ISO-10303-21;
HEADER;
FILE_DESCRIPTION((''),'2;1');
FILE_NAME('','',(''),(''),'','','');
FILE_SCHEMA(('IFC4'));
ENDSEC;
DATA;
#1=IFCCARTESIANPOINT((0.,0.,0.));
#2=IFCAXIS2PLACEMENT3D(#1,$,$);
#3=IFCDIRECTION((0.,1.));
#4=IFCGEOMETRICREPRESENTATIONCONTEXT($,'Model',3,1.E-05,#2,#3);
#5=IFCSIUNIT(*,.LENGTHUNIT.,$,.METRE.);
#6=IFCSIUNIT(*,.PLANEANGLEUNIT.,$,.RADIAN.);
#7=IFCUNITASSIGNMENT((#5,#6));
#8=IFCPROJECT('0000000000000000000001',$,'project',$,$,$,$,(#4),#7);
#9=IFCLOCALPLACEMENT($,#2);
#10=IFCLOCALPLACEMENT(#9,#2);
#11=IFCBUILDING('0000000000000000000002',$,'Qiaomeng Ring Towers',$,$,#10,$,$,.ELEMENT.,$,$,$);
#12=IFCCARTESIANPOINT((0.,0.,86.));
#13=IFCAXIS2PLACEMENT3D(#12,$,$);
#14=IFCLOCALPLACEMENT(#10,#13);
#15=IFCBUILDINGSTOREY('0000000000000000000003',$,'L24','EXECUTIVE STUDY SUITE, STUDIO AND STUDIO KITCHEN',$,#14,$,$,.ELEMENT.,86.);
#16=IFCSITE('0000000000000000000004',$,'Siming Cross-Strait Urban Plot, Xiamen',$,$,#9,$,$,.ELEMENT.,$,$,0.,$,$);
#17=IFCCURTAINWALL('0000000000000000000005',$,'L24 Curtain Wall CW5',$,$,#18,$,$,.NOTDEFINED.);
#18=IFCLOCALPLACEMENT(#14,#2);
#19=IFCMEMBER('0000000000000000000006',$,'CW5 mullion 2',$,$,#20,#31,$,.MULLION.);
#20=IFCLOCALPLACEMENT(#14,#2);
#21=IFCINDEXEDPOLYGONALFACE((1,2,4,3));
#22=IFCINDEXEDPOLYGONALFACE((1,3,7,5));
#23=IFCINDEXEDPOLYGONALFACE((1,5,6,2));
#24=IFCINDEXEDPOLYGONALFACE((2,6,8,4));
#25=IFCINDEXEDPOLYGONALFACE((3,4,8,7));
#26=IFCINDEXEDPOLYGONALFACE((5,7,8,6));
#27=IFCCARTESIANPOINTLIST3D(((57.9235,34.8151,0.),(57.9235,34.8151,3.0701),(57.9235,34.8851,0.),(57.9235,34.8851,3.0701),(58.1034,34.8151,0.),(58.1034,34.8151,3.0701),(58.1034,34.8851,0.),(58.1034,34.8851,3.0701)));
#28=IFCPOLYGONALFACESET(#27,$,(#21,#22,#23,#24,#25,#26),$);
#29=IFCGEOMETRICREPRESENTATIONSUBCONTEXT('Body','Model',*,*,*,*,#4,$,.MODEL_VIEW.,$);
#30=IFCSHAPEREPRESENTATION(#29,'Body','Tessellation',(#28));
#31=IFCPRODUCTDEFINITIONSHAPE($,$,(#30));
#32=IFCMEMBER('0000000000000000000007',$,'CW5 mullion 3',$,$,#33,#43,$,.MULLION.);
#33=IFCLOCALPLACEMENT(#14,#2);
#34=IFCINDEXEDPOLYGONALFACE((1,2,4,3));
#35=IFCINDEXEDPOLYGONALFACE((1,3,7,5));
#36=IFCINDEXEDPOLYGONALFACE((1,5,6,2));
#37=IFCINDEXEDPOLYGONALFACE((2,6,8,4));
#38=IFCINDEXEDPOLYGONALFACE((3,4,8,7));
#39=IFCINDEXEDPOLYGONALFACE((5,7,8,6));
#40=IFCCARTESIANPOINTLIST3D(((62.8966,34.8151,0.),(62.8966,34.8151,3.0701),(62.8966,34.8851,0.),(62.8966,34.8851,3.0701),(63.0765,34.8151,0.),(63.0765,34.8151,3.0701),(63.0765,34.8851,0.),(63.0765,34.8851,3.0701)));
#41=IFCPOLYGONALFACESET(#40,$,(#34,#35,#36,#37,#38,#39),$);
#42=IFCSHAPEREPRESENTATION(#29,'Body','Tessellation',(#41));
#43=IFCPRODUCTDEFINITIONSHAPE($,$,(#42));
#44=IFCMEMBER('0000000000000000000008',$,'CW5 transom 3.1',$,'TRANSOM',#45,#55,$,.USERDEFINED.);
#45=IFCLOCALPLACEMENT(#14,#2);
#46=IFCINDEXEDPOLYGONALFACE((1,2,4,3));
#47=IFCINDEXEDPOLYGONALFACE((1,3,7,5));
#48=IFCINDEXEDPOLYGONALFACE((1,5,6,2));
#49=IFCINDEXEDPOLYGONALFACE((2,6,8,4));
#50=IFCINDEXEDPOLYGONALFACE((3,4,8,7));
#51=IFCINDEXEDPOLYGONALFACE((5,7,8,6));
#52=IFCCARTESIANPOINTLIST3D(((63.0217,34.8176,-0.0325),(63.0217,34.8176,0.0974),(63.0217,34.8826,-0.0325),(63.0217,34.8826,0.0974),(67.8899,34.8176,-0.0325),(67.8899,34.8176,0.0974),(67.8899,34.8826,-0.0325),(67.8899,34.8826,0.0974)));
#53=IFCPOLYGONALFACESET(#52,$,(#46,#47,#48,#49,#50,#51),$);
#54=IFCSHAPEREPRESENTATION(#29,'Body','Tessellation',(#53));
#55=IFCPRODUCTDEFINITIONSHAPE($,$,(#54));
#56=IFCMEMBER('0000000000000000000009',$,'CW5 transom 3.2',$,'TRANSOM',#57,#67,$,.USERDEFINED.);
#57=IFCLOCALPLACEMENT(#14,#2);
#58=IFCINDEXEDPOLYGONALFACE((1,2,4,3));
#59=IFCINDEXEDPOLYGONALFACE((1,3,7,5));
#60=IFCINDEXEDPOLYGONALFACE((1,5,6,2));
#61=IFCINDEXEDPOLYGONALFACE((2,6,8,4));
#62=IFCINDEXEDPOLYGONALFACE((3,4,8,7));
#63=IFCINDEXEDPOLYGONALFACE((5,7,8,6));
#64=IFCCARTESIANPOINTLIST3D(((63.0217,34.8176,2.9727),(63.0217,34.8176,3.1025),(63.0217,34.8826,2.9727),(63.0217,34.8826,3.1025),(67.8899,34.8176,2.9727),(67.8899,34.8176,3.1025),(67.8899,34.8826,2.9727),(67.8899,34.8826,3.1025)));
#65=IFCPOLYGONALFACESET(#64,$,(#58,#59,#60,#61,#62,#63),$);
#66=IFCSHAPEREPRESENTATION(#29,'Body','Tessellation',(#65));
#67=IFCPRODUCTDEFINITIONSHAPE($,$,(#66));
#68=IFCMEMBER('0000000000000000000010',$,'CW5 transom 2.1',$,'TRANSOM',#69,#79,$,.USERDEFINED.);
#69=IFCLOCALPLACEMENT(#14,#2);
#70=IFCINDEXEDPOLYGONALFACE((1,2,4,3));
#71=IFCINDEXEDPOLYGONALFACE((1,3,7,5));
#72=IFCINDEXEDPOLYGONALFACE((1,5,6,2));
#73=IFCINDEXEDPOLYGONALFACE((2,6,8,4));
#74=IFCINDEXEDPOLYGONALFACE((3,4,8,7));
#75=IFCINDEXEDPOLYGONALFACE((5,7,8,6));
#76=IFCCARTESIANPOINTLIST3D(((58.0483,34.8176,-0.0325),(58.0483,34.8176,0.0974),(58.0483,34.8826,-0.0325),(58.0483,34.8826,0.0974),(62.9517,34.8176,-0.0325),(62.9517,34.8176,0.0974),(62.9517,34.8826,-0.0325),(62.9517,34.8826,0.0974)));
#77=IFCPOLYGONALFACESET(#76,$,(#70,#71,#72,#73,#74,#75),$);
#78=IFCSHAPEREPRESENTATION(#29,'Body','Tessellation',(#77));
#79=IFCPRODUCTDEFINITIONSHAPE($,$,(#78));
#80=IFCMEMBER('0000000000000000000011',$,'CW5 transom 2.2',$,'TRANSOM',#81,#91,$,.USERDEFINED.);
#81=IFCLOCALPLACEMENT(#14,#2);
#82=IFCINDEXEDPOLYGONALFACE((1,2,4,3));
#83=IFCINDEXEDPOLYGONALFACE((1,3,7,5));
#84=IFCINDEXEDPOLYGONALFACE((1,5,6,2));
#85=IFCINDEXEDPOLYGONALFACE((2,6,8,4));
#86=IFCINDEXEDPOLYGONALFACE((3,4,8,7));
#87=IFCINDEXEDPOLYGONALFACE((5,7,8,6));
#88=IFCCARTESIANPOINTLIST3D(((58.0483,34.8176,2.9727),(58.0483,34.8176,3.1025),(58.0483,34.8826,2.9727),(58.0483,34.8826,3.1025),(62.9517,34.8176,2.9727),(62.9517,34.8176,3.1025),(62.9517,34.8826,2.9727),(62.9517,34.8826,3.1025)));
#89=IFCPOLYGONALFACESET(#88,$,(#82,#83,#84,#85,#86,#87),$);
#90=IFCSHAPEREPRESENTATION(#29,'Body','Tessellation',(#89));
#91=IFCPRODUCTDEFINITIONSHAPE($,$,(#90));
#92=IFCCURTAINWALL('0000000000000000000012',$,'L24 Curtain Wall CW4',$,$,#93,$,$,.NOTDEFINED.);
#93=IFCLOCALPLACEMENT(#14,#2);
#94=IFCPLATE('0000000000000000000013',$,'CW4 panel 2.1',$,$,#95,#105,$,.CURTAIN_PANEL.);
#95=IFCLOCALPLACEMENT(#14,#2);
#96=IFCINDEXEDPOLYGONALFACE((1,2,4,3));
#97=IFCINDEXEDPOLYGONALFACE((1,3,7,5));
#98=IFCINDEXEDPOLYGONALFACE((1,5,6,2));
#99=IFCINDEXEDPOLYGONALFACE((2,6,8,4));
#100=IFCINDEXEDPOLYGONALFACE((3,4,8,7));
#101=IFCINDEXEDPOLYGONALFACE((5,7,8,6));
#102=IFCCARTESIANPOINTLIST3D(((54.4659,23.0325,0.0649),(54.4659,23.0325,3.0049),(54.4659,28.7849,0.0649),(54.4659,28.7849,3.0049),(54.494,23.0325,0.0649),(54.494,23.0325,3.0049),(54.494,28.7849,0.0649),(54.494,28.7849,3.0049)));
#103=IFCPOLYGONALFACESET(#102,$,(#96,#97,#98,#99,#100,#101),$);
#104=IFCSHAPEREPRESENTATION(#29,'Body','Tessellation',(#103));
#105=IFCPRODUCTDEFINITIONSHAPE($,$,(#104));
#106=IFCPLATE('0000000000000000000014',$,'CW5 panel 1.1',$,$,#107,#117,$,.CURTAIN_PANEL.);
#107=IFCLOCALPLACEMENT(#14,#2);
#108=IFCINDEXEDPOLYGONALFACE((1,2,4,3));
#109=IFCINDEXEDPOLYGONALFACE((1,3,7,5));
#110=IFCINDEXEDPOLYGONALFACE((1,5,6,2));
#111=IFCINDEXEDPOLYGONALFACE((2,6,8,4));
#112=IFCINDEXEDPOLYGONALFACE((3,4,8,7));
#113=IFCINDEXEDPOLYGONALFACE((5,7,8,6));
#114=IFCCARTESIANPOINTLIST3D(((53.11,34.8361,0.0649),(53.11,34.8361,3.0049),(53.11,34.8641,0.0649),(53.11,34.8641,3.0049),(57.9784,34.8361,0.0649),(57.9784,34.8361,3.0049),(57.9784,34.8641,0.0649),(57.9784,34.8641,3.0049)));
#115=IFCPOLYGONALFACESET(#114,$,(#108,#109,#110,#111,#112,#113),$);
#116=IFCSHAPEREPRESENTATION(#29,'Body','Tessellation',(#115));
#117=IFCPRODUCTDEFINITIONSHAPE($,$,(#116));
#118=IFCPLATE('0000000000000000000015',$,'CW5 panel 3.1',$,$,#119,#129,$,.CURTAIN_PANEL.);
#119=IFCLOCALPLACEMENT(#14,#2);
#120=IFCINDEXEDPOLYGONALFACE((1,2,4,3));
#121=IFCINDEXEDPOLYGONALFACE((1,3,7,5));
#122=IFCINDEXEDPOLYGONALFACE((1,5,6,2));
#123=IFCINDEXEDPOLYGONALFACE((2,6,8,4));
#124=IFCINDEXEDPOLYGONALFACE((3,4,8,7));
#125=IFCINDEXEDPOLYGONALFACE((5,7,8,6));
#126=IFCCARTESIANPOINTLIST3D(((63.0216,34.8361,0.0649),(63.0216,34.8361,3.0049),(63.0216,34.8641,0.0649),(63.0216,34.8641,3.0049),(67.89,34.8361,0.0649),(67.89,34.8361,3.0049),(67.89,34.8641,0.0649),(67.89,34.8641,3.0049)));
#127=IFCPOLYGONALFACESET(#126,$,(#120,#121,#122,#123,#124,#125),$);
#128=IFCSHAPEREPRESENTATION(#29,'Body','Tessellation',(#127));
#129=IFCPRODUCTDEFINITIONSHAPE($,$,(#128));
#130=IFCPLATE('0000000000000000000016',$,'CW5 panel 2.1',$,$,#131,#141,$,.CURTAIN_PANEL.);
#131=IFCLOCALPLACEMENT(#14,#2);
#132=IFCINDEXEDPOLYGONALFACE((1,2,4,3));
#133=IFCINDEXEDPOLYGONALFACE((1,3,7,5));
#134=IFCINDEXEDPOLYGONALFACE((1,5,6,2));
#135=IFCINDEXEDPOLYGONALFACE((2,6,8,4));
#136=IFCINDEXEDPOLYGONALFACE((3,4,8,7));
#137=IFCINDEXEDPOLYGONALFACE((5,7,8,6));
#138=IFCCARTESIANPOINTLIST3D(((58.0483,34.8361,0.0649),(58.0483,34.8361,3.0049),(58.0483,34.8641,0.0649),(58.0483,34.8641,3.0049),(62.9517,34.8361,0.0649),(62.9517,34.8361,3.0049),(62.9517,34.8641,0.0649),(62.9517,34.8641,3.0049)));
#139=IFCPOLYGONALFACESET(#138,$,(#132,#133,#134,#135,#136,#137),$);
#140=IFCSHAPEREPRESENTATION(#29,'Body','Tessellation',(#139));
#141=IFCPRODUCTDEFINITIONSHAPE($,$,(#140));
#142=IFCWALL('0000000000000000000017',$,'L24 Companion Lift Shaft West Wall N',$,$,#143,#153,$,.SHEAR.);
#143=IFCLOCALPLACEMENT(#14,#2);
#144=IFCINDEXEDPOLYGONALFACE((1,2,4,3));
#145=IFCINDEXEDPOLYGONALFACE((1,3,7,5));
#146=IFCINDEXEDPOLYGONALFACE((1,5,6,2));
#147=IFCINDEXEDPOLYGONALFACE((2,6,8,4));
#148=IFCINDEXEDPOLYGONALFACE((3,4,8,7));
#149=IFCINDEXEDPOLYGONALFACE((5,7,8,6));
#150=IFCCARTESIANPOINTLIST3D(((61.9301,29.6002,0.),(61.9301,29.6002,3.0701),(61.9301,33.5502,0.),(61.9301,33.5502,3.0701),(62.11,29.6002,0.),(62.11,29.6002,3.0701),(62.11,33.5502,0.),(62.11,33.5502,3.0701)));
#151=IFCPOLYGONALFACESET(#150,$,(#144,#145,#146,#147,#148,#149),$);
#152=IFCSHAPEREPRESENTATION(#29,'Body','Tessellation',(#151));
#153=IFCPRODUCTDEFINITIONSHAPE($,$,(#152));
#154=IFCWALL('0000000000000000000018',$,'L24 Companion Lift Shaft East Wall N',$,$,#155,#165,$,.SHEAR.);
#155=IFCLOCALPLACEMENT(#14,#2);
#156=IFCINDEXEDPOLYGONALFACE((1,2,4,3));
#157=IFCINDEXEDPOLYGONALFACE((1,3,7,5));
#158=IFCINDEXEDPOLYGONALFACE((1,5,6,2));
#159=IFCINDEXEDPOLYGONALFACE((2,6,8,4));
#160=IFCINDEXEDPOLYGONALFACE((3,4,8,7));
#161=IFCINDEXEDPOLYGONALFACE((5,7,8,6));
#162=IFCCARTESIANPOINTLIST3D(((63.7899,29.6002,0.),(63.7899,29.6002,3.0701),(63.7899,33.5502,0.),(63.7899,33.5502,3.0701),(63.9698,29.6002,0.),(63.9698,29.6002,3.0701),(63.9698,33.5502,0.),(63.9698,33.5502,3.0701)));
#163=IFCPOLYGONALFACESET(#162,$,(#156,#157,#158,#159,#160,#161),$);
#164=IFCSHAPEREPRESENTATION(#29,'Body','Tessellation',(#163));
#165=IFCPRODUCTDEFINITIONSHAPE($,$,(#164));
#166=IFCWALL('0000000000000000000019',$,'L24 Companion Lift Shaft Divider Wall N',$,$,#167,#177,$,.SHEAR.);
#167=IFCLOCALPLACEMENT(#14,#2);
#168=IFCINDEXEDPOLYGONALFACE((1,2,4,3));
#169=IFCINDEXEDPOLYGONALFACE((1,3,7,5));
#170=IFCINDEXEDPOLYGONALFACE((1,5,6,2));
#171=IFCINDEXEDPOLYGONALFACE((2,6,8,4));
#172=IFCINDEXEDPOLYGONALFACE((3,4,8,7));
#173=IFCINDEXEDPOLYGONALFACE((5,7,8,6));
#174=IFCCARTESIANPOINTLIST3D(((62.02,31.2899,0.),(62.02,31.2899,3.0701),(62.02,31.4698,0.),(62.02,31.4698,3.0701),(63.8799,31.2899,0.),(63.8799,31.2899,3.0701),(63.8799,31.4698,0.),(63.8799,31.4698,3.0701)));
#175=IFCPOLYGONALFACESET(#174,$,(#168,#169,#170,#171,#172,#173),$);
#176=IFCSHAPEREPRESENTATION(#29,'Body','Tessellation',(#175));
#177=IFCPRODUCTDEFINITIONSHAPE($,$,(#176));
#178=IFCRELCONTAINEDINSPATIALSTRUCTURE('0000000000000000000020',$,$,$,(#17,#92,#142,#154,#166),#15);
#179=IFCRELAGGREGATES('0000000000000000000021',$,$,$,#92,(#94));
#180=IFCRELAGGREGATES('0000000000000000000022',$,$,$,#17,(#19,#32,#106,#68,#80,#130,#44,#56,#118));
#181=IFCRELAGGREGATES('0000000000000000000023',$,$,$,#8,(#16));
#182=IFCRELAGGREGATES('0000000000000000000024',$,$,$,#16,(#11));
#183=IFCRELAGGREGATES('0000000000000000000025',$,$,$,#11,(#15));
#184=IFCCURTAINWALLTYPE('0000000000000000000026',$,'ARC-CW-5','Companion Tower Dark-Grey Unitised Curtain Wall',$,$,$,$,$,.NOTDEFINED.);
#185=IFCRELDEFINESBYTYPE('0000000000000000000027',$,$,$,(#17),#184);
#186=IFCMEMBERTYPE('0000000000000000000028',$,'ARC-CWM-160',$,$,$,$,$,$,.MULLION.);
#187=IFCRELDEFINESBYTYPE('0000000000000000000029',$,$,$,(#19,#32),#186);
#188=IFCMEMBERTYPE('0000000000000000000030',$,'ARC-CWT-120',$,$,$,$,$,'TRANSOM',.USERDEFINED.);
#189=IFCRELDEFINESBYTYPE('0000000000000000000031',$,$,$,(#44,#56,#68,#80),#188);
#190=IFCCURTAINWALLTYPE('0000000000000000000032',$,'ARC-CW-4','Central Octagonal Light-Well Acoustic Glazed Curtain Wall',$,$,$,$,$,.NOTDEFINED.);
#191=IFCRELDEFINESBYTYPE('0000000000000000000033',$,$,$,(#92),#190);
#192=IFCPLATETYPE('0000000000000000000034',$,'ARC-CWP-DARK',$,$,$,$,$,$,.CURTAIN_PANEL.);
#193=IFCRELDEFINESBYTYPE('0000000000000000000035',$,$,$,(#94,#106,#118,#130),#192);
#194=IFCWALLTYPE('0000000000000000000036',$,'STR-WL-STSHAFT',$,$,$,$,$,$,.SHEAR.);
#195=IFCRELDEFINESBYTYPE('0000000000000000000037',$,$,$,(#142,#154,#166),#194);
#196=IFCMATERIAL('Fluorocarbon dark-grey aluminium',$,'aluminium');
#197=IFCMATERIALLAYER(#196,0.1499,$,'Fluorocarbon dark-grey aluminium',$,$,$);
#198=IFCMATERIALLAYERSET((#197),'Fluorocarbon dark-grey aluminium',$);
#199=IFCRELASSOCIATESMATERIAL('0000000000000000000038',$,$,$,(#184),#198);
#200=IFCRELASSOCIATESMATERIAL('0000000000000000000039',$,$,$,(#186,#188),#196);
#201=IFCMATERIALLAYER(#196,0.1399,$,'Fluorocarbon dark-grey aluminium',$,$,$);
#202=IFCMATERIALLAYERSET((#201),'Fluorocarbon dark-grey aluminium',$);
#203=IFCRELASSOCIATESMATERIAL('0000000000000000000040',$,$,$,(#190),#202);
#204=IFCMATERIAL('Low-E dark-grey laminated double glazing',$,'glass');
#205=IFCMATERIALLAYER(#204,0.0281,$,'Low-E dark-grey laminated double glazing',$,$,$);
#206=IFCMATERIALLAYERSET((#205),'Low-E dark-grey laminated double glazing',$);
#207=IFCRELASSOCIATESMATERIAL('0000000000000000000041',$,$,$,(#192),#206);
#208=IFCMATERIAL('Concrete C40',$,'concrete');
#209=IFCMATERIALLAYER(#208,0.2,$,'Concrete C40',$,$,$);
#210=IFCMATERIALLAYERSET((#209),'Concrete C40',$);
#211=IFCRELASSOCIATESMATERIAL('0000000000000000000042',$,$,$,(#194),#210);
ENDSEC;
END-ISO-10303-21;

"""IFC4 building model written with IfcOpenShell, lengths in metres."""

from ifc_helpers import new_model, si_unit, direction, frame, frame_2d, origin, origin_2d, place, context, subcontext, project, spatial, rectangle, extrude, source, transform, mapped, material, layer, layer_set, material_profile, profile_set, type_object, element, aggregate, save


model = new_model("IFC4")

# Units and contexts
model_context = context("Model", 3, precision=1e-05, world=origin(), true_north=direction((0.0, 1.0)))
body_context = subcontext(model_context, "Body", "Model", "MODEL_VIEW")
ifc_project = project(units=[si_unit("LENGTHUNIT", "METRE"), si_unit("PLANEANGLEUNIT", "RADIAN")], contexts=[model_context])

# Site, building, storey
site_placement = place(None, origin())
site = spatial("IfcSite", under=ifc_project, at=site_placement, Name="Siming Cross-Strait Urban Plot, Xiamen", CompositionType="ELEMENT", RefElevation=0.0)
building_placement = place(site_placement, origin())
building = spatial("IfcBuilding", under=site, at=building_placement, Name="Qiaomeng Ring Towers", CompositionType="ELEMENT")
storey_placement = place(building_placement, frame((0.0, 0.0, 86.0)))
storey = spatial("IfcBuildingStorey", under=building, at=storey_placement, Name="L24", Description="EXECUTIVE STUDY SUITE, STUDIO AND STUDIO KITCHEN", CompositionType="ELEMENT", Elevation=86.0)

# Curtain wall, members
ifc_material_1 = material(Name="Fluorocarbon dark-grey aluminium", Category="aluminium")
ifc_layer_1 = layer(ifc_material_1, 0.1499, Name="Fluorocarbon dark-grey aluminium")
ifc_layer_set_1 = layer_set([ifc_layer_1], Name="Fluorocarbon dark-grey aluminium")
curtain_wall_type_1 = type_object("IfcCurtainWallType", Name="ARC-CW-5", Description="Companion Tower Dark-Grey Unitised Curtain Wall", PredefinedType="NOTDEFINED", material=ifc_layer_set_1)
curtain_wall_1_placement = place(storey_placement, origin())
curtain_wall_1 = element("IfcCurtainWall", 1, at=curtain_wall_1_placement, inside=storey, type_object=curtain_wall_type_1, Name="L24 Curtain Wall CW5", PredefinedType="NOTDEFINED")
ifc_material_profile_1 = material_profile(ifc_material_1, rectangle(XDim=0.0701, YDim=0.1799, at=origin_2d()), Name="ALU MULL 70x180")
ifc_profile_set_1 = profile_set([ifc_material_profile_1], Name="Fluorocarbon dark-grey aluminium")
member_type_1 = type_object("IfcMemberType", Name="ARC-CWM-160", PredefinedType="MULLION", material=ifc_profile_set_1)
shared_shape_1 = source(origin(), body_context, "Body", "SweptSolid", [
    extrude(rectangle(XDim=0.0701, YDim=0.1799, at=origin_2d()), origin(), (0.0, 0.0, 1.0), 3.0701),
])
member_1_placement = place(storey_placement, frame((58.0134, 34.8501, 0.0), z_axis=(0.0, 0.0, 1.0), x_axis=(0.0, 1.0, 0.0)))
member_1 = element("IfcMember", 2, at=member_1_placement, type_object=member_type_1, Name="CW5 mullion 2", PredefinedType="MULLION", context=body_context, shape_type="MappedRepresentation", body=[
    mapped(shared_shape_1, transform((0.0, 0.0, 0.0), x_axis=(1.0, 0.0, 0.0), y_axis=(0.0, 1.0, 0.0), z_axis=(0.0, 0.0, 1.0), scale=1.0)),
])
member_2_placement = place(storey_placement, frame((62.9866, 34.8501, 0.0), z_axis=(0.0, 0.0, 1.0), x_axis=(0.0, 1.0, 0.0)))
member_2 = element("IfcMember", 3, at=member_2_placement, type_object=member_type_1, Name="CW5 mullion 3", PredefinedType="MULLION", context=body_context, shape_type="MappedRepresentation", body=[
    mapped(shared_shape_1, transform((0.0, 0.0, 0.0), x_axis=(1.0, 0.0, 0.0), y_axis=(0.0, 1.0, 0.0), z_axis=(0.0, 0.0, 1.0), scale=1.0)),
])
ifc_material_profile_2 = material_profile(ifc_material_1, rectangle(XDim=0.0649, YDim=0.1299, at=origin_2d()), Name="ALU TRAN 65x130")
ifc_profile_set_2 = profile_set([ifc_material_profile_2], Name="Fluorocarbon dark-grey aluminium")
member_type_2 = type_object("IfcMemberType", Name="ARC-CWT-120", ElementType="TRANSOM", PredefinedType="USERDEFINED", material=ifc_profile_set_2)
shared_shape_2 = source(origin(), body_context, "Body", "SweptSolid", [
    extrude(rectangle(XDim=0.0649, YDim=0.1299, at=origin_2d()), origin(), (0.0, 0.0, 1.0), 4.8682),
])
member_3_placement = place(storey_placement, frame((63.0217, 34.8501, 0.0325), z_axis=(1.0, 0.0, 0.0), x_axis=(0.0, 1.0, 0.0)))
member_3 = element("IfcMember", 4, at=member_3_placement, type_object=member_type_2, Name="CW5 transom 3.1", ObjectType="TRANSOM", PredefinedType="USERDEFINED", context=body_context, shape_type="MappedRepresentation", body=[
    mapped(shared_shape_2, transform((0.0, 0.0, 0.0), x_axis=(1.0, 0.0, 0.0), y_axis=(0.0, 1.0, 0.0), z_axis=(0.0, 0.0, 1.0), scale=1.0)),
])
member_4_placement = place(storey_placement, frame((63.0217, 34.8501, 3.0376), z_axis=(1.0, 0.0, 0.0), x_axis=(0.0, 1.0, 0.0)))
member_4 = element("IfcMember", 5, at=member_4_placement, type_object=member_type_2, Name="CW5 transom 3.2", ObjectType="TRANSOM", PredefinedType="USERDEFINED", context=body_context, shape_type="MappedRepresentation", body=[
    mapped(shared_shape_2, transform((0.0, 0.0, 0.0), x_axis=(1.0, 0.0, 0.0), y_axis=(0.0, 1.0, 0.0), z_axis=(0.0, 0.0, 1.0), scale=1.0)),
])
shared_shape_3 = source(origin(), body_context, "Body", "SweptSolid", [
    extrude(rectangle(XDim=0.0649, YDim=0.1299, at=origin_2d()), origin(), (0.0, 0.0, 1.0), 4.9033),
])
member_5_placement = place(storey_placement, frame((58.0483, 34.8501, 0.0325), z_axis=(1.0, 0.0, 0.0), x_axis=(0.0, 1.0, 0.0)))
member_5 = element("IfcMember", 6, at=member_5_placement, type_object=member_type_2, Name="CW5 transom 2.1", ObjectType="TRANSOM", PredefinedType="USERDEFINED", context=body_context, shape_type="MappedRepresentation", body=[
    mapped(shared_shape_3, transform((0.0, 0.0, 0.0), x_axis=(1.0, 0.0, 0.0), y_axis=(0.0, 1.0, 0.0), z_axis=(0.0, 0.0, 1.0), scale=1.0)),
])
member_6_placement = place(storey_placement, frame((58.0483, 34.8501, 3.0376), z_axis=(1.0, 0.0, 0.0), x_axis=(0.0, 1.0, 0.0)))
member_6 = element("IfcMember", 7, at=member_6_placement, type_object=member_type_2, Name="CW5 transom 2.2", ObjectType="TRANSOM", PredefinedType="USERDEFINED", context=body_context, shape_type="MappedRepresentation", body=[
    mapped(shared_shape_3, transform((0.0, 0.0, 0.0), x_axis=(1.0, 0.0, 0.0), y_axis=(0.0, 1.0, 0.0), z_axis=(0.0, 0.0, 1.0), scale=1.0)),
])

# Curtain wall, plate
ifc_layer_2 = layer(ifc_material_1, 0.1399, Name="Fluorocarbon dark-grey aluminium")
ifc_layer_set_2 = layer_set([ifc_layer_2], Name="Fluorocarbon dark-grey aluminium")
curtain_wall_type_2 = type_object("IfcCurtainWallType", Name="ARC-CW-4", Description="Central Octagonal Light-Well Acoustic Glazed Curtain Wall", PredefinedType="NOTDEFINED", material=ifc_layer_set_2)
curtain_wall_2_placement = place(storey_placement, origin())
curtain_wall_2 = element("IfcCurtainWall", 8, at=curtain_wall_2_placement, inside=storey, type_object=curtain_wall_type_2, Name="L24 Curtain Wall CW4", PredefinedType="NOTDEFINED")
ifc_material_2 = material(Name="Low-E dark-grey laminated double glazing", Category="glass")
ifc_layer_3 = layer(ifc_material_2, 0.0281, Name="Low-E dark-grey laminated double glazing")
ifc_layer_set_3 = layer_set([ifc_layer_3], Name="Low-E dark-grey laminated double glazing")
plate_type = type_object("IfcPlateType", Name="ARC-CWP-DARK", PredefinedType="CURTAIN_PANEL", material=ifc_layer_set_3)
shared_shape_4 = source(origin(), body_context, "Body", "SweptSolid", [
    extrude(rectangle(XDim=5.7524, YDim=0.0281, at=origin_2d()), origin(), (0.0, 0.0, 1.0), 2.9399),
])
plate_1_placement = place(storey_placement, frame((54.48, 25.9087, 0.0649), z_axis=(0.0, 0.0, 1.0), x_axis=(0.0, 1.0, 0.0)))
plate_1 = element("IfcPlate", 9, at=plate_1_placement, type_object=plate_type, Name="CW4 panel 2.1", PredefinedType="CURTAIN_PANEL", context=body_context, shape_type="MappedRepresentation", body=[
    mapped(shared_shape_4, transform((0.0, 0.0, 0.0), x_axis=(1.0, 0.0, 0.0), y_axis=(0.0, 1.0, 0.0), z_axis=(0.0, 0.0, 1.0), scale=1.0)),
])
aggregate(curtain_wall_2, [plate_1])

# Plates
shared_shape_5 = source(origin(), body_context, "Body", "SweptSolid", [
    extrude(rectangle(XDim=4.8684, YDim=0.0281, at=origin_2d()), origin(), (0.0, 0.0, 1.0), 2.9399),
])
plate_2_placement = place(storey_placement, frame((55.5442, 34.8501, 0.0649), z_axis=(0.0, 0.0, 1.0), x_axis=(1.0, 0.0, 0.0)))
plate_2 = element("IfcPlate", 10, at=plate_2_placement, type_object=plate_type, Name="CW5 panel 1.1", PredefinedType="CURTAIN_PANEL", context=body_context, shape_type="MappedRepresentation", body=[
    mapped(shared_shape_5, transform((0.0, 0.0, 0.0), x_axis=(1.0, 0.0, 0.0), y_axis=(0.0, 1.0, 0.0), z_axis=(0.0, 0.0, 1.0), scale=1.0)),
])
plate_3_placement = place(storey_placement, frame((65.4558, 34.8501, 0.0649), z_axis=(0.0, 0.0, 1.0), x_axis=(1.0, 0.0, 0.0)))
plate_3 = element("IfcPlate", 11, at=plate_3_placement, type_object=plate_type, Name="CW5 panel 3.1", PredefinedType="CURTAIN_PANEL", context=body_context, shape_type="MappedRepresentation", body=[
    mapped(shared_shape_5, transform((0.0, 0.0, 0.0), x_axis=(1.0, 0.0, 0.0), y_axis=(0.0, 1.0, 0.0), z_axis=(0.0, 0.0, 1.0), scale=1.0)),
])
shared_shape_6 = source(origin(), body_context, "Body", "SweptSolid", [
    extrude(rectangle(XDim=4.9033, YDim=0.0281, at=origin_2d()), origin(), (0.0, 0.0, 1.0), 2.9399),
])
plate_4_placement = place(storey_placement, frame((60.5, 34.8501, 0.0649), z_axis=(0.0, 0.0, 1.0), x_axis=(1.0, 0.0, 0.0)))
plate_4 = element("IfcPlate", 12, at=plate_4_placement, type_object=plate_type, Name="CW5 panel 2.1", PredefinedType="CURTAIN_PANEL", context=body_context, shape_type="MappedRepresentation", body=[
    mapped(shared_shape_6, transform((0.0, 0.0, 0.0), x_axis=(1.0, 0.0, 0.0), y_axis=(0.0, 1.0, 0.0), z_axis=(0.0, 0.0, 1.0), scale=1.0)),
])
aggregate(curtain_wall_1, [member_1, member_2, plate_2, member_5, member_6, plate_4, member_3, member_4, plate_3])

# Walls
ifc_material_3 = material(Name="Concrete C40", Category="concrete")
ifc_layer_4 = layer(ifc_material_3, 0.2, Name="Concrete C40")
ifc_layer_set_4 = layer_set([ifc_layer_4], Name="Concrete C40")
wall_type_1 = type_object("IfcWallType", Name="STR-WL-STSHAFT", PredefinedType="SHEAR", material=ifc_layer_set_4)
for number, where, z_axis, x_axis, name in (
    (13, (62.02, 29.6001, 0.0), (0.0, 0.0, 1.0), (0.0, 1.0, 0.0), "L24 Companion Lift Shaft West Wall N"),
    (14, (63.8799, 29.6001, 0.0), (0.0, 0.0, 1.0), (0.0, 1.0, 0.0), "L24 Companion Lift Shaft East Wall N"),
):
    element("IfcWall", number, at=place(storey_placement, frame(where, z_axis=z_axis, x_axis=x_axis)), inside=storey, type_object=wall_type_1, Name=name, PredefinedType="SHEAR", context=body_context, shape_type="SweptSolid", body=[
        extrude(rectangle(XDim=3.95, YDim=0.1799, at=frame_2d((1.9751, 0.0))), origin(), (0.0, 0.0, 1.0), 3.0701),
    ])
for number, where, z_axis, x_axis, name in (
    (15, (62.02, 31.3799, 0.0), (0.0, 0.0, 1.0), (1.0, 0.0, 0.0), "L24 Companion Lift Shaft Divider Wall N"),
):
    element("IfcWall", number, at=place(storey_placement, frame(where, z_axis=z_axis, x_axis=x_axis)), inside=storey, type_object=wall_type_1, Name=name, PredefinedType="SHEAR", context=body_context, shape_type="SweptSolid", body=[
        extrude(rectangle(XDim=1.8599, YDim=0.1799, at=frame_2d((0.9299, 0.0))), origin(), (0.0, 0.0, 1.0), 3.0701),
    ])

save(model, "model.ifc")
